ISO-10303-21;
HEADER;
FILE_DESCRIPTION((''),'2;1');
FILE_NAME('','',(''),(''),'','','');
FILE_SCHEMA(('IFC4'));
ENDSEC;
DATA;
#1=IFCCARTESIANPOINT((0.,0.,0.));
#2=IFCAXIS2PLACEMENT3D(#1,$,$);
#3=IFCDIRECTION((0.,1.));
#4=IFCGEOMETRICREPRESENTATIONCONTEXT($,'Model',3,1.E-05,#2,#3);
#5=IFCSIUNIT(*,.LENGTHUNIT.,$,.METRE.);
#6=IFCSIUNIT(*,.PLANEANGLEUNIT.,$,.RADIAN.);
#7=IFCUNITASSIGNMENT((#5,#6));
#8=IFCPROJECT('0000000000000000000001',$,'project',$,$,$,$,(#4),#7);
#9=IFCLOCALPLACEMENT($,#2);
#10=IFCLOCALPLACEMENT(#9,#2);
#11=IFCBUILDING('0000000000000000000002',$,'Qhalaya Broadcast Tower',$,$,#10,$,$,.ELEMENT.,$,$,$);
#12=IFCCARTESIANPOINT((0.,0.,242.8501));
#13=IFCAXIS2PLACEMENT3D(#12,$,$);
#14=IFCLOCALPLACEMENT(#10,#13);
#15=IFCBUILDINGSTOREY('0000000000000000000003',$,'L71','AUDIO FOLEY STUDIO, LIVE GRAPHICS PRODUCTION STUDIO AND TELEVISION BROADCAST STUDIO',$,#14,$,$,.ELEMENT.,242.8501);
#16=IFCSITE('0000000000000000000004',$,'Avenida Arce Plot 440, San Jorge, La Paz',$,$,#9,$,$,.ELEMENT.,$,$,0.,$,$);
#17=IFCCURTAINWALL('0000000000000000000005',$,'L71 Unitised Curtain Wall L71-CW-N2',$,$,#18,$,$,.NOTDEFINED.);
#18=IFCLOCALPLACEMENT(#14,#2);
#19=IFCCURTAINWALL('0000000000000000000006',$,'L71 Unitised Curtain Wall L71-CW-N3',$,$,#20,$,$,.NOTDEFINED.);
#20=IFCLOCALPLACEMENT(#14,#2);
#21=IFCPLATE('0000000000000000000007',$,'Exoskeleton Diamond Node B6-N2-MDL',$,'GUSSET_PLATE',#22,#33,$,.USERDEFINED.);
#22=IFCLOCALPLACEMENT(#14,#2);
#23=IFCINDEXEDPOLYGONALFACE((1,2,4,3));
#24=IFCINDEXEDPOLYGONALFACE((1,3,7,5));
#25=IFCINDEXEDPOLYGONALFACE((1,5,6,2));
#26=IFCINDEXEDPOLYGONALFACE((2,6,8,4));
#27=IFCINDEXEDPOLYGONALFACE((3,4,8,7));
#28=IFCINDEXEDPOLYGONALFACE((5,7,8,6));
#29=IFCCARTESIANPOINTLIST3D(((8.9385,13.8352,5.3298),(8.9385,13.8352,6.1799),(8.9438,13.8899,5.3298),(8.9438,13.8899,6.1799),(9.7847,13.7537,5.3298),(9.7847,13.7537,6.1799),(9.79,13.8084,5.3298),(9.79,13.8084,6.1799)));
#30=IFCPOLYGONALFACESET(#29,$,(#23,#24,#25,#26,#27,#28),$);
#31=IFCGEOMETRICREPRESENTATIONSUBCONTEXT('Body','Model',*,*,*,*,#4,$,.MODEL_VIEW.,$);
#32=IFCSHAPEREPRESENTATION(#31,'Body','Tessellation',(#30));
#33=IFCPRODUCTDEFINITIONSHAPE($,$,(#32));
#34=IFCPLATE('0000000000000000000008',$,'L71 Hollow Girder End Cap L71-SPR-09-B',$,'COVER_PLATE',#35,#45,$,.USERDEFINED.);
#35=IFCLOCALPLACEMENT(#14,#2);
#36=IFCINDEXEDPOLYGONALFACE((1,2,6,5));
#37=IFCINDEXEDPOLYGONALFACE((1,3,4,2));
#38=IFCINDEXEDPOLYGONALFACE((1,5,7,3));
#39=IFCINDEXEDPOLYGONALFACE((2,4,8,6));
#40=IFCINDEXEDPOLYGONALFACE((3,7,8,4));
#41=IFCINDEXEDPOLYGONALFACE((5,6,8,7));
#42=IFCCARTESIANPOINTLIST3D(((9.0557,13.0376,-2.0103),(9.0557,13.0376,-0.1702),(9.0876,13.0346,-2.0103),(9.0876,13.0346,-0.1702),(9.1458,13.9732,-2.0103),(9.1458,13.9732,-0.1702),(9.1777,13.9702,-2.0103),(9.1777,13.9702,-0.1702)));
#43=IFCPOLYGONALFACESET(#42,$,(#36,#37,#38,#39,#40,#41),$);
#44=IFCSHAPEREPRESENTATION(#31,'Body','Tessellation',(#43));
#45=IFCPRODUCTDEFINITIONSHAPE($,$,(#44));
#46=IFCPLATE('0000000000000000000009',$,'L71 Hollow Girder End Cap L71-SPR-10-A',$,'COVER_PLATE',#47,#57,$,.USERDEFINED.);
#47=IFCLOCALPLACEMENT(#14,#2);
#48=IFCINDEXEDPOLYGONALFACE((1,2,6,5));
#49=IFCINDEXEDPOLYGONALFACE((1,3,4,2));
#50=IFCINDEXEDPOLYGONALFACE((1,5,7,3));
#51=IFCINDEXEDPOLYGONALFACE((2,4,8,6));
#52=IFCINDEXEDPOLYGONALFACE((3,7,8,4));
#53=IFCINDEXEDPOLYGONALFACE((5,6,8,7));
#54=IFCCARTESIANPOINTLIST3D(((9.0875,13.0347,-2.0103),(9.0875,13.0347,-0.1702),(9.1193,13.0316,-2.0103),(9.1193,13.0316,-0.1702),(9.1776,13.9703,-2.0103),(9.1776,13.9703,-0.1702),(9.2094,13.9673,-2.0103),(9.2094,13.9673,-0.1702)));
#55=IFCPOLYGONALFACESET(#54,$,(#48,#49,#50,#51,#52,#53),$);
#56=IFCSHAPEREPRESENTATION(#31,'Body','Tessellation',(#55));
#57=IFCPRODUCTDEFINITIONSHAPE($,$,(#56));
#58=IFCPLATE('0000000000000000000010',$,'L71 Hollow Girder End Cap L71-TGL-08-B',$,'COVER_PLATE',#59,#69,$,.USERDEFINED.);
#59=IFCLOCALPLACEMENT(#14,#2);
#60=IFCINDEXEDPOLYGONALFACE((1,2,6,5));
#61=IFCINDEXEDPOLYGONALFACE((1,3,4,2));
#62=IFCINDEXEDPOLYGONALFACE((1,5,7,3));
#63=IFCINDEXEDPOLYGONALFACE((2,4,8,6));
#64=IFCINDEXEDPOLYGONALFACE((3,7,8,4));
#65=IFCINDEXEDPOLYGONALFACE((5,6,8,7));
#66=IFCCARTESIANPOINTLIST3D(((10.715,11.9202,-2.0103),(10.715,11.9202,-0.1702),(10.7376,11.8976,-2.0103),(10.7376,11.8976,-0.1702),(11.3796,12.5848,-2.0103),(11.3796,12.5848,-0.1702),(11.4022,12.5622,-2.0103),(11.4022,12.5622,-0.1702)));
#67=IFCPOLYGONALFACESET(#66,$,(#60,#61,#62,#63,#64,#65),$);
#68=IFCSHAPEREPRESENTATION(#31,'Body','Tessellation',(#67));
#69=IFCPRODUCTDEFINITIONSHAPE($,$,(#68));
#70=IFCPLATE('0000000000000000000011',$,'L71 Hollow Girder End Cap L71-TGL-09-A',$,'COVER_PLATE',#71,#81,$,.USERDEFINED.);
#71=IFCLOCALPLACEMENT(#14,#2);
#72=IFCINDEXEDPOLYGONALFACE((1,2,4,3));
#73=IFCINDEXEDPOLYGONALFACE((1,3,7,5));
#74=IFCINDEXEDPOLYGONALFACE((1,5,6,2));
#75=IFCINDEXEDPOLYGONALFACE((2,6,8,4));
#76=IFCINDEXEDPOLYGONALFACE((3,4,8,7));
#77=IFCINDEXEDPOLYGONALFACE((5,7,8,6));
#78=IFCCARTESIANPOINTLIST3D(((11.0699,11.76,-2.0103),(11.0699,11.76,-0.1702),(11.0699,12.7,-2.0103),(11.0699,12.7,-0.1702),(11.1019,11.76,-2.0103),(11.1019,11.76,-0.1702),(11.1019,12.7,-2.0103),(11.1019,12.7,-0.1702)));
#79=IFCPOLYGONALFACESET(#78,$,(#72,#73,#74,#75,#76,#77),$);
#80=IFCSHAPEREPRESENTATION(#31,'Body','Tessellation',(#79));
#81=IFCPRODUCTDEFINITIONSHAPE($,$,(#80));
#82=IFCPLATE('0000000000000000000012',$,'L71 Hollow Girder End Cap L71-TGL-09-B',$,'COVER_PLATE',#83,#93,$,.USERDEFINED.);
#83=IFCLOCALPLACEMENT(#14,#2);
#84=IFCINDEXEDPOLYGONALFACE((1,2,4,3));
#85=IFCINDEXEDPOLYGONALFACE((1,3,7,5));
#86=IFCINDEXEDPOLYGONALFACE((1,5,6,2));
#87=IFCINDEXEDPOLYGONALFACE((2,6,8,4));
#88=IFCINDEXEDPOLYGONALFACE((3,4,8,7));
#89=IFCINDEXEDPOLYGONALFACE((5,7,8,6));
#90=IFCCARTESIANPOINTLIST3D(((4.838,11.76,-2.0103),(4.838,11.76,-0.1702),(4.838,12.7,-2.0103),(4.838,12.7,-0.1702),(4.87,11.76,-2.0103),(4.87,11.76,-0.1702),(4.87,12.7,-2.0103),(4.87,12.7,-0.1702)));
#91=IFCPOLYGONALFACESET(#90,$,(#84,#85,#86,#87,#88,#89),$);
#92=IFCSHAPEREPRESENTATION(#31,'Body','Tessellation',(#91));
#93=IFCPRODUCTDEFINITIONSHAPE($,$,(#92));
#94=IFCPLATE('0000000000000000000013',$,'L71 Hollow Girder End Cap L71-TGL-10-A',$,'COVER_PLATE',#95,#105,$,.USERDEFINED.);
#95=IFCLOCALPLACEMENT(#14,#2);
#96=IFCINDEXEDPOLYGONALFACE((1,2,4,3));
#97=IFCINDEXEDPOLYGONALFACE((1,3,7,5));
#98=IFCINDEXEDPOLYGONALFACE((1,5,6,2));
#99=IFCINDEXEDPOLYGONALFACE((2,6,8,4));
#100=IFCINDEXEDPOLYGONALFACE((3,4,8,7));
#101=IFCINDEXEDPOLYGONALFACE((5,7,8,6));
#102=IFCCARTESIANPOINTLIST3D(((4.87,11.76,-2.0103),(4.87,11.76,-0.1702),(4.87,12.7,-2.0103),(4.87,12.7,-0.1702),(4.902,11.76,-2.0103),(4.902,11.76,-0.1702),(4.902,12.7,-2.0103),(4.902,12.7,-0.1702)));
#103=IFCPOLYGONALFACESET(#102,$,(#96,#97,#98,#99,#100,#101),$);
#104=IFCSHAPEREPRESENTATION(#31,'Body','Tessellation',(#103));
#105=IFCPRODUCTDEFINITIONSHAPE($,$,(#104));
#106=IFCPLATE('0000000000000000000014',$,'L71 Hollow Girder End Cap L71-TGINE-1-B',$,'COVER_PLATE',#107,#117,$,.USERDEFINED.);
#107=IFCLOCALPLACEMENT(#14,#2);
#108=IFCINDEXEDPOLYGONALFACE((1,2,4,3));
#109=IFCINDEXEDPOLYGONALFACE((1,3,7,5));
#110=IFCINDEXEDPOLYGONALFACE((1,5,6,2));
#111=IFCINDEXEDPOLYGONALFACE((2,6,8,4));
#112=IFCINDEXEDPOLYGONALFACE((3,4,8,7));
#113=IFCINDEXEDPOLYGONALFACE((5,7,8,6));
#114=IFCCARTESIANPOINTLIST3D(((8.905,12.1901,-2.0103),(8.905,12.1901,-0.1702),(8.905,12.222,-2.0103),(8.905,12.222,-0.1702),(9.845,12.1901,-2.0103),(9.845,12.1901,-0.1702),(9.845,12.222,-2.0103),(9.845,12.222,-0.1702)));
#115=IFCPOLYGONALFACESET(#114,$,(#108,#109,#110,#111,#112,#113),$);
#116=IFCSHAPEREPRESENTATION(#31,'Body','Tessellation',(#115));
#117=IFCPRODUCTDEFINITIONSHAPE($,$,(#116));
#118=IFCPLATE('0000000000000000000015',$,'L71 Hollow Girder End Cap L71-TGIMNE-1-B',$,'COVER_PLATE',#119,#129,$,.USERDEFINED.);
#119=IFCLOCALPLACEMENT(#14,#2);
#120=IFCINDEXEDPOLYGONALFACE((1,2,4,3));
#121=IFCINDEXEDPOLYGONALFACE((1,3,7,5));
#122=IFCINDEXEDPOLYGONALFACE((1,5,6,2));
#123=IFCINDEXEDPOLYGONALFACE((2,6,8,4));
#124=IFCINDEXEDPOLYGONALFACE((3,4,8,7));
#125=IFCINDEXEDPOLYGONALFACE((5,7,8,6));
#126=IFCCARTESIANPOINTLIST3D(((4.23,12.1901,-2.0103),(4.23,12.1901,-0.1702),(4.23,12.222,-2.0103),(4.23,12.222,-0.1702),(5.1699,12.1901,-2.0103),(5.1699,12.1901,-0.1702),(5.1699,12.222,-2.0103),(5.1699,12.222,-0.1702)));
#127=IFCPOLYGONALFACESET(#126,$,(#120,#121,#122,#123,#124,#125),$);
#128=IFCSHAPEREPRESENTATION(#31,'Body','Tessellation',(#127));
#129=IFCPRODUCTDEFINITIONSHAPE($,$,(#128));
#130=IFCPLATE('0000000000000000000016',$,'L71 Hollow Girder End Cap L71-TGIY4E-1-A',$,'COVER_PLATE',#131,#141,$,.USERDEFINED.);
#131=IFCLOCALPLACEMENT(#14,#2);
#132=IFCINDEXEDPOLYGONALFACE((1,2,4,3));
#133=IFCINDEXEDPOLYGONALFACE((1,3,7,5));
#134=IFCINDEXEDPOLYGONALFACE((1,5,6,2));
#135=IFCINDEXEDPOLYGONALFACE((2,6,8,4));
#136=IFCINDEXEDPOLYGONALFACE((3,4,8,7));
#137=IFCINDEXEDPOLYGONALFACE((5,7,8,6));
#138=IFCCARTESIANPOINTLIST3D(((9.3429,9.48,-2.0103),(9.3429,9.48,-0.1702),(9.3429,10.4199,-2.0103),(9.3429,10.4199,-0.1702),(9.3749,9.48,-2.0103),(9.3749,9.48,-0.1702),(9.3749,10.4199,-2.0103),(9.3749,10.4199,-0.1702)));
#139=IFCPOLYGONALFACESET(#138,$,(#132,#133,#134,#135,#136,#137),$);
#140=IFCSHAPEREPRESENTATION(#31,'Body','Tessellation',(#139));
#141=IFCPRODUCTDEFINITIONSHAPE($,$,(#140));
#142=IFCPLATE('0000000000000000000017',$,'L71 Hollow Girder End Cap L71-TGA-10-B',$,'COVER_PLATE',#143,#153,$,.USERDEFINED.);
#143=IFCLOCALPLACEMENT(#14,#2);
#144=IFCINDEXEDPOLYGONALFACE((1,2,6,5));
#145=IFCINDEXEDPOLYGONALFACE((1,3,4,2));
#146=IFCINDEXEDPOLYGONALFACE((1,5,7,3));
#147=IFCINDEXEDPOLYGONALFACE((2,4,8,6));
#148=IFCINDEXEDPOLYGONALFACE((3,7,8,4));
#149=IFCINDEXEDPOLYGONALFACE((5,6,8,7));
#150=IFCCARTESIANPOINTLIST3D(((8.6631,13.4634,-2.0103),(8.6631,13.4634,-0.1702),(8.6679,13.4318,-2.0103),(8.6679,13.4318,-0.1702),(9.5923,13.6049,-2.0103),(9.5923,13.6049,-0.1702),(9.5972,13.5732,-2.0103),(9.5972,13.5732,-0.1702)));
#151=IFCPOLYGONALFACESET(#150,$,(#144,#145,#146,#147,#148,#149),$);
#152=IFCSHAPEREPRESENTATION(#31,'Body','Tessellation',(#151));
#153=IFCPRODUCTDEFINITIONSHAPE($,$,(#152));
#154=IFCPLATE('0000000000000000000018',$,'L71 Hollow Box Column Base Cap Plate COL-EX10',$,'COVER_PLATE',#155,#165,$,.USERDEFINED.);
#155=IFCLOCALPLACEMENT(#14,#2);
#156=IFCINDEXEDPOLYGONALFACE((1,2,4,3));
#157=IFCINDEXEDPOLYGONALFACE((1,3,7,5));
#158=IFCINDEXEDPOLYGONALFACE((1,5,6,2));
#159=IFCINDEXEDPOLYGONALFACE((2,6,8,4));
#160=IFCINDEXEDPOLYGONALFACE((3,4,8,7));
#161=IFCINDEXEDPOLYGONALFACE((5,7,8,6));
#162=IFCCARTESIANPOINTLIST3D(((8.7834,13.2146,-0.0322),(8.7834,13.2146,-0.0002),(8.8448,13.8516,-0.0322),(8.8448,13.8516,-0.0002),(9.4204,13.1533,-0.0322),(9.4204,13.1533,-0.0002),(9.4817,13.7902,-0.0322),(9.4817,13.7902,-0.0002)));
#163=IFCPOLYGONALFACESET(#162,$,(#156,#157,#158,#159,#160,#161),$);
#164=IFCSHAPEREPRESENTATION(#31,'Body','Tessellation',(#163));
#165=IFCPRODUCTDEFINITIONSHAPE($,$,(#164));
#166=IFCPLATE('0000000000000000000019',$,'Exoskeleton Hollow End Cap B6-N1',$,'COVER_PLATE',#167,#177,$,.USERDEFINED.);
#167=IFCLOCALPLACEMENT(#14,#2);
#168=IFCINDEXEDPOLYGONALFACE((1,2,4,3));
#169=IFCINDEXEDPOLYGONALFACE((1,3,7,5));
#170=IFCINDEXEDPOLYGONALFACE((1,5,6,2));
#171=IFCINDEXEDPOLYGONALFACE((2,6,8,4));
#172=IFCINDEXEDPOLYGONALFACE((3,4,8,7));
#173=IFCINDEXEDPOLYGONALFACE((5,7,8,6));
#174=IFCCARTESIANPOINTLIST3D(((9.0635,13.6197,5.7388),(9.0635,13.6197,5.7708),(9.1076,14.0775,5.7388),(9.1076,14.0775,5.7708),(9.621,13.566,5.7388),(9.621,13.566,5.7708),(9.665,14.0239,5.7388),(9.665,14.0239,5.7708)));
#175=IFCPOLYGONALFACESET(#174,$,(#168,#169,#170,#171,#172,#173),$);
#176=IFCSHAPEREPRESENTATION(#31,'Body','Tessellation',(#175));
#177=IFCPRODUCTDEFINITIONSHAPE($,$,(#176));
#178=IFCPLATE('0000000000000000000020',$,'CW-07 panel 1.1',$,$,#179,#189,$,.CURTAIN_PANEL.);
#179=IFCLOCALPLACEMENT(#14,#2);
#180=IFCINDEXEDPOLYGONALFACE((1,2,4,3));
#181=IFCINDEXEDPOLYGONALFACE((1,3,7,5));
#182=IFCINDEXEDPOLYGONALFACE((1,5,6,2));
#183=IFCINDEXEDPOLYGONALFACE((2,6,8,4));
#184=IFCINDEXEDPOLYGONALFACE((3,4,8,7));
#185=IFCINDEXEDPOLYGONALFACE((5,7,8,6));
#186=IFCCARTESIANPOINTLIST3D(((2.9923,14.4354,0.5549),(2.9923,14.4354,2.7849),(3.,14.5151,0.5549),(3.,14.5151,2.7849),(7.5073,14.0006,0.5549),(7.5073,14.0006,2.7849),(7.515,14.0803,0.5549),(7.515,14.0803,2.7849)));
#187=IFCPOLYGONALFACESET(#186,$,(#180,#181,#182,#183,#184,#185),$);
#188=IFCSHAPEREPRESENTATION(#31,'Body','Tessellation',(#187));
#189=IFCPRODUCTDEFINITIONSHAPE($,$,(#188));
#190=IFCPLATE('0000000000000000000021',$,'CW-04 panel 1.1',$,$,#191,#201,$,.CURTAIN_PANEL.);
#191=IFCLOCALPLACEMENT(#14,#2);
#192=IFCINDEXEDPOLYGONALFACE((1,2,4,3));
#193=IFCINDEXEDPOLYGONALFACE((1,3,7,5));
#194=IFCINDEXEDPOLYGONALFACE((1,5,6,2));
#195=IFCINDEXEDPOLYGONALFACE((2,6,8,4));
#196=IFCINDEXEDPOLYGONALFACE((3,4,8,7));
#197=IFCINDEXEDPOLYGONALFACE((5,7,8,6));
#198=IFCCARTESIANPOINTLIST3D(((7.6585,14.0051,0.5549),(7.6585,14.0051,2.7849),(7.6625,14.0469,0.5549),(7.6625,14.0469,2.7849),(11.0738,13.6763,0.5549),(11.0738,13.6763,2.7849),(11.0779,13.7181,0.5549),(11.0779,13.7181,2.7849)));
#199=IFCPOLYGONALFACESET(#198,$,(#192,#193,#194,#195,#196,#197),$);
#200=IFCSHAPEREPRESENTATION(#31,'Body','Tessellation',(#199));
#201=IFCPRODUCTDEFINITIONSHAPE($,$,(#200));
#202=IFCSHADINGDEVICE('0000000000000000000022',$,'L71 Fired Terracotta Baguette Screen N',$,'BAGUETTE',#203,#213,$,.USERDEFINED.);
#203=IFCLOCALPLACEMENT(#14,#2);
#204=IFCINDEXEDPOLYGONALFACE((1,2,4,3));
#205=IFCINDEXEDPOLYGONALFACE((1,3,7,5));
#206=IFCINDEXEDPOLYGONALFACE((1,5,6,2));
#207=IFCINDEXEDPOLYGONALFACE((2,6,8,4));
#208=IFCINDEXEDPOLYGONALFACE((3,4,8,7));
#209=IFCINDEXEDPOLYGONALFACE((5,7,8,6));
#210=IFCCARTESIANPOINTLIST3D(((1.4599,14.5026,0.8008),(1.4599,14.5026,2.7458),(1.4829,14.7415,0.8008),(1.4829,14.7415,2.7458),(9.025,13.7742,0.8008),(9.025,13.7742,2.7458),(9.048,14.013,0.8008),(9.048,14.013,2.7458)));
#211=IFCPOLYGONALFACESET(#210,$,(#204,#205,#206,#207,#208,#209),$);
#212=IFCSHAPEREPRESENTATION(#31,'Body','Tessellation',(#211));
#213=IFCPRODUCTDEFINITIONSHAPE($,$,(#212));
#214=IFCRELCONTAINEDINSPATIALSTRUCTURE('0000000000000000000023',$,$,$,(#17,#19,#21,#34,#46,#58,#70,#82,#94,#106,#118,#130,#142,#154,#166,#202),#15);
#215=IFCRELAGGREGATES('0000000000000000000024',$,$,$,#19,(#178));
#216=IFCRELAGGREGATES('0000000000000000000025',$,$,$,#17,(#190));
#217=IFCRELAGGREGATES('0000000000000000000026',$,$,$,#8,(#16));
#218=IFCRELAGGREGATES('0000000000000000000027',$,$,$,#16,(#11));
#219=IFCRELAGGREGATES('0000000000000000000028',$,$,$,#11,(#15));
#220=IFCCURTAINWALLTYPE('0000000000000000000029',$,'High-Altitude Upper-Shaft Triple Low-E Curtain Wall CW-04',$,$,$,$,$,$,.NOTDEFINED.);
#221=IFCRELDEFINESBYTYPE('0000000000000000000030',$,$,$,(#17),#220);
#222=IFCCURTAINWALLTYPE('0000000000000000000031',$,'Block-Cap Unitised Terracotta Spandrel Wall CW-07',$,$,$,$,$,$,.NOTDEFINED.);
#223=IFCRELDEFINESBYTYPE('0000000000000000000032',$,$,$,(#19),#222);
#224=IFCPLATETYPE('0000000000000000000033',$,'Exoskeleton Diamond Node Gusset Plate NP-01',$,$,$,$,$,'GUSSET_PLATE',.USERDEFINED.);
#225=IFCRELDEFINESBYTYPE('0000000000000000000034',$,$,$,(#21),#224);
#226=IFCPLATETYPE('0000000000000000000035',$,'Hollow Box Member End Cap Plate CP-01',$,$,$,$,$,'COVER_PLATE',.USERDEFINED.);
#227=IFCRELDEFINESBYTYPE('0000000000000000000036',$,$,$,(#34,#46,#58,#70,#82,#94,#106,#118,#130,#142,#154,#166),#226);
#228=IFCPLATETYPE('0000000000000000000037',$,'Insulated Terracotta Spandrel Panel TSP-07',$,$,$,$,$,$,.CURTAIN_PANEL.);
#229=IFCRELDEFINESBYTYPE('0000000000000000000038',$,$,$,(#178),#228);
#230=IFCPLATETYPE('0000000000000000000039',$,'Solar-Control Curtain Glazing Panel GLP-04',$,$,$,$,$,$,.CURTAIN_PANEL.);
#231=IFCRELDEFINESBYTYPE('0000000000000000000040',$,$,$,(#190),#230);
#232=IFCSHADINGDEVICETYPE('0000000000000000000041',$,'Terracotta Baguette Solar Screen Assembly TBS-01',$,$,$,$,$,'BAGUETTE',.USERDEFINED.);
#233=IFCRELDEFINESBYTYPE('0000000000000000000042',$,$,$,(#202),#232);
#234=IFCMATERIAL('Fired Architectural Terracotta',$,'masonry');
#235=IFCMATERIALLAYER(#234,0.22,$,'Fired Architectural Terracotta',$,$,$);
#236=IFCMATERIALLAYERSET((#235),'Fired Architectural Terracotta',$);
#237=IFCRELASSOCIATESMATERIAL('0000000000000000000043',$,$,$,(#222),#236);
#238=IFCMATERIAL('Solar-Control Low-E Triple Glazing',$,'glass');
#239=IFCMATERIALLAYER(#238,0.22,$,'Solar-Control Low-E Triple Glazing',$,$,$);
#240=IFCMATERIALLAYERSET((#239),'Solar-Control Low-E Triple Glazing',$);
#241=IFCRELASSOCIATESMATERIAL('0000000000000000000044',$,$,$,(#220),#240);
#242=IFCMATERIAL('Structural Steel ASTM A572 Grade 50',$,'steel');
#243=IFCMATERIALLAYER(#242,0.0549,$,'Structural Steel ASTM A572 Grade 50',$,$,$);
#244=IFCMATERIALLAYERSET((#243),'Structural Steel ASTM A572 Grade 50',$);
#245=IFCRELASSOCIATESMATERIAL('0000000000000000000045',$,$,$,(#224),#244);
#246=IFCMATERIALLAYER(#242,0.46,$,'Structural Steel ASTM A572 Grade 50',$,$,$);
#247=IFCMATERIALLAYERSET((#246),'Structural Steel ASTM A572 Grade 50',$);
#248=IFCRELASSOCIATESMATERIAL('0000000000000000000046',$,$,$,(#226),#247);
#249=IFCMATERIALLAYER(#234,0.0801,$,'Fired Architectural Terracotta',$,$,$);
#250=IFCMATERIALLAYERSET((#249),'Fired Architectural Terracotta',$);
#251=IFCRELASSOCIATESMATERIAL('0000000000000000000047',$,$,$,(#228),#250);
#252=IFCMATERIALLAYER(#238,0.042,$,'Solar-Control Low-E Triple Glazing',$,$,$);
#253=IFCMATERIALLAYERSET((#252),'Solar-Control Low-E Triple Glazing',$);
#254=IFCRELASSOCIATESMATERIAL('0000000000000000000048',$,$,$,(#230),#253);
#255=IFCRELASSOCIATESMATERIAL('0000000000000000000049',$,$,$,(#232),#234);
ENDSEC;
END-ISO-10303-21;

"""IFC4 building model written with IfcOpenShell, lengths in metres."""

from ifc_helpers import new_model, si_unit, direction, frame, origin, origin_2d, place, context, subcontext, project, spatial, rectangle, extrude, material, layer, layer_set, type_object, element, aggregate, save


model = new_model("IFC4")

# Units and contexts
model_context = context("Model", 3, precision=1e-05, world=origin(), true_north=direction((0.0, 1.0)))
body_context = subcontext(model_context, "Body", "Model", "MODEL_VIEW")
ifc_project = project(units=[si_unit("LENGTHUNIT", "METRE"), si_unit("PLANEANGLEUNIT", "RADIAN")], contexts=[model_context])

# Site, building, storey
site_placement = place(None, origin())
site = spatial("IfcSite", under=ifc_project, at=site_placement, Name="Avenida Arce Plot 440, San Jorge, La Paz", CompositionType="ELEMENT", RefElevation=0.0)
building_placement = place(site_placement, origin())
building = spatial("IfcBuilding", under=site, at=building_placement, Name="Qhalaya Broadcast Tower", CompositionType="ELEMENT")
storey_placement = place(building_placement, frame((0.0, 0.0, 242.8501)))
storey = spatial("IfcBuildingStorey", under=building, at=storey_placement, Name="L71", Description="AUDIO FOLEY STUDIO, LIVE GRAPHICS PRODUCTION STUDIO AND TELEVISION BROADCAST STUDIO", CompositionType="ELEMENT", Elevation=242.8501)

# Shared definitions
ifc_material_1 = material(Name="Structural Steel ASTM A572 Grade 50", Category="steel")

# Shared definitions
ifc_material_2 = material(Name="Fired Architectural Terracotta", Category="masonry")
ifc_layer_1 = layer(ifc_material_2, 0.22, Name="Fired Architectural Terracotta")
ifc_layer_set_1 = layer_set([ifc_layer_1], Name="Fired Architectural Terracotta")
curtain_wall_type_1 = type_object("IfcCurtainWallType", Name="Block-Cap Unitised Terracotta Spandrel Wall CW-07", PredefinedType="NOTDEFINED", material=ifc_layer_set_1)

# Curtain wall
ifc_material_3 = material(Name="Solar-Control Low-E Triple Glazing", Category="glass")
ifc_layer_2 = layer(ifc_material_3, 0.22, Name="Solar-Control Low-E Triple Glazing")
ifc_layer_set_2 = layer_set([ifc_layer_2], Name="Solar-Control Low-E Triple Glazing")
curtain_wall_type_2 = type_object("IfcCurtainWallType", Name="High-Altitude Upper-Shaft Triple Low-E Curtain Wall CW-04", PredefinedType="NOTDEFINED", material=ifc_layer_set_2)
curtain_wall_1_placement = place(storey_placement, origin())
curtain_wall_1 = element("IfcCurtainWall", 1, at=curtain_wall_1_placement, inside=storey, type_object=curtain_wall_type_2, Name="L71 Unitised Curtain Wall L71-CW-N2", PredefinedType="NOTDEFINED")

# Curtain wall
curtain_wall_2_placement = place(storey_placement, origin())
curtain_wall_2 = element("IfcCurtainWall", 2, at=curtain_wall_2_placement, inside=storey, type_object=curtain_wall_type_1, Name="L71 Unitised Curtain Wall L71-CW-N3", PredefinedType="NOTDEFINED")

# Plates
ifc_layer_3 = layer(ifc_material_1, 0.0549, Name="Structural Steel ASTM A572 Grade 50")
ifc_layer_set_3 = layer_set([ifc_layer_3], Name="Structural Steel ASTM A572 Grade 50")
plate_type_1 = type_object("IfcPlateType", Name="Exoskeleton Diamond Node Gusset Plate NP-01", ElementType="GUSSET_PLATE", PredefinedType="USERDEFINED", material=ifc_layer_set_3)
plate_1_placement = place(storey_placement, frame((9.3643, 13.8218, 5.3298), z_axis=(0.0, 0.0, 1.0), x_axis=(0.995396, -0.095846, 0.0)))
element("IfcPlate", 3, at=plate_1_placement, inside=storey, type_object=plate_type_1, Name="Exoskeleton Diamond Node B6-N2-MDL", ObjectType="GUSSET_PLATE", PredefinedType="USERDEFINED", context=body_context, shape_type="SweptSolid", body=[
    extrude(rectangle(XDim=0.8501, YDim=0.0549, at=origin_2d()), origin(), (0.0, 0.0, 1.0), 0.8501),
])
ifc_layer_4 = layer(ifc_material_1, 0.46, Name="Structural Steel ASTM A572 Grade 50")
ifc_layer_set_4 = layer_set([ifc_layer_4], Name="Structural Steel ASTM A572 Grade 50")
plate_type_2 = type_object("IfcPlateType", Name="Hollow Box Member End Cap Plate CP-01", ElementType="COVER_PLATE", PredefinedType="USERDEFINED", material=ifc_layer_set_4)
for number, where, z_axis, x_axis, name in (
    (4, (9.1167, 13.5039, -2.0103), (0.0, 0.0, 1.0), (-0.095828, -0.995398, 0.0), "L71 Hollow Girder End Cap L71-SPR-09-B"),
    (5, (9.1484, 13.501, -2.0103), (0.0, 0.0, 1.0), (-0.095846, -0.995396, 0.0), "L71 Hollow Girder End Cap L71-SPR-10-A"),
    (6, (11.0586, 12.2412, -2.0103), (0.0, 0.0, 1.0), (-0.707107, -0.707107, 0.0), "L71 Hollow Girder End Cap L71-TGL-08-B"),
    (7, (11.0859, 12.23, -2.0103), (0.0, 0.0, 1.0), (0.0, -1.0, 0.0), "L71 Hollow Girder End Cap L71-TGL-09-A"),
    (8, (4.854, 12.23, -2.0103), (0.0, 0.0, 1.0), (0.0, -1.0, 0.0), "L71 Hollow Girder End Cap L71-TGL-09-B"),
    (9, (4.886, 12.23, -2.0103), (0.0, 0.0, 1.0), (0.0, -1.0, 0.0), "L71 Hollow Girder End Cap L71-TGL-10-A"),
    (10, (9.375, 12.2061, -2.0103), (0.0, 0.0, 1.0), (-1.0, 0.0, 0.0), "L71 Hollow Girder End Cap L71-TGINE-1-B"),
    (11, (4.7, 12.2061, -2.0103), (0.0, 0.0, 1.0), (-1.0, 0.0, 0.0), "L71 Hollow Girder End Cap L71-TGIMNE-1-B"),
    (12, (9.3589, 9.95, -2.0103), (0.0, 0.0, 1.0), (0.0, 1.0, 0.0), "L71 Hollow Girder End Cap L71-TGIY4E-1-A"),
    (13, (9.1301, 13.5183, -2.0103), (0.0, 0.0, 1.0), (-0.98861, -0.150502, 0.0), "L71 Hollow Girder End Cap L71-TGA-10-B"),
):
    element("IfcPlate", number, at=place(storey_placement, frame(where, z_axis=z_axis, x_axis=x_axis)), inside=storey, type_object=plate_type_2, Name=name, ObjectType="COVER_PLATE", PredefinedType="USERDEFINED", context=body_context, shape_type="SweptSolid", body=[
        extrude(rectangle(XDim=0.9399, YDim=0.032, at=origin_2d()), origin(), (0.0, 0.0, 1.0), 1.8401),
    ])
plate_2_placement = place(storey_placement, frame((9.1326, 13.5024, -0.0322), z_axis=(0.0, 0.0, 1.0), x_axis=(0.995396, -0.095846, 0.0)))
element("IfcPlate", 14, at=plate_2_placement, inside=storey, type_object=plate_type_2, Name="L71 Hollow Box Column Base Cap Plate COL-EX10", ObjectType="COVER_PLATE", PredefinedType="USERDEFINED", context=body_context, shape_type="SweptSolid", body=[
    extrude(rectangle(XDim=0.6399, YDim=0.6399, at=origin_2d()), origin(), (0.0, 0.0, 1.0), 0.032),
])
plate_3_placement = place(storey_placement, frame((9.3643, 13.8218, 5.7388), z_axis=(0.0, 0.0, 1.0), x_axis=(0.995396, -0.095846, 0.0)))
element("IfcPlate", 15, at=plate_3_placement, inside=storey, type_object=plate_type_2, Name="Exoskeleton Hollow End Cap B6-N1", ObjectType="COVER_PLATE", PredefinedType="USERDEFINED", context=body_context, shape_type="SweptSolid", body=[
    extrude(rectangle(XDim=0.5601, YDim=0.46, at=origin_2d()), origin(), (0.0, 0.0, 1.0), 0.032),
])

# Plates
ifc_layer_5 = layer(ifc_material_2, 0.0801, Name="Fired Architectural Terracotta")
ifc_layer_set_5 = layer_set([ifc_layer_5], Name="Fired Architectural Terracotta")
plate_type_3 = type_object("IfcPlateType", Name="Insulated Terracotta Spandrel Panel TSP-07", PredefinedType="CURTAIN_PANEL", material=ifc_layer_set_5)
plate_4_placement = place(storey_placement, frame((5.2537, 14.2578, 0.5549), z_axis=(0.0, 0.0, 1.0), x_axis=(-0.995395, 0.09586, 0.0)))
plate_4 = element("IfcPlate", 16, at=plate_4_placement, type_object=plate_type_3, Name="CW-07 panel 1.1", PredefinedType="CURTAIN_PANEL", context=body_context, shape_type="SweptSolid", body=[
    extrude(rectangle(XDim=4.5359, YDim=0.0801, at=origin_2d()), origin(), (0.0, 0.0, 1.0), 2.23),
])
aggregate(curtain_wall_2, [plate_4])
ifc_layer_6 = layer(ifc_material_3, 0.042, Name="Solar-Control Low-E Triple Glazing")
ifc_layer_set_6 = layer_set([ifc_layer_6], Name="Solar-Control Low-E Triple Glazing")
plate_type_4 = type_object("IfcPlateType", Name="Solar-Control Curtain Glazing Panel GLP-04", PredefinedType="CURTAIN_PANEL", material=ifc_layer_set_6)
plate_5_placement = place(storey_placement, frame((9.3682, 13.8616, 0.5549), z_axis=(0.0, 0.0, 1.0), x_axis=(-0.995397, 0.095837, 0.0)))
plate_5 = element("IfcPlate", 17, at=plate_5_placement, type_object=plate_type_4, Name="CW-04 panel 1.1", PredefinedType="CURTAIN_PANEL", context=body_context, shape_type="SweptSolid", body=[
    extrude(rectangle(XDim=3.4312, YDim=0.042, at=origin_2d()), origin(), (0.0, 0.0, 1.0), 2.23),
])
aggregate(curtain_wall_1, [plate_5])

# Shading device
shading_device_type = type_object("IfcShadingDeviceType", Name="Terracotta Baguette Solar Screen Assembly TBS-01", ElementType="BAGUETTE", PredefinedType="USERDEFINED", material=ifc_material_2)
shading_device_placement = place(storey_placement, frame((5.2539, 14.2578, 0.8008), z_axis=(0.0, 0.0, 1.0), x_axis=(-0.995396, 0.095846, 0.0)))
element("IfcShadingDevice", 18, at=shading_device_placement, inside=storey, type_object=shading_device_type, Name="L71 Fired Terracotta Baguette Screen N", ObjectType="BAGUETTE", PredefinedType="USERDEFINED", context=body_context, shape_type="SweptSolid", body=[
    extrude(rectangle(XDim=7.6001, YDim=0.24, at=origin_2d()), origin(), (0.0, 0.0, 1.0), 1.9451),
])

save(model, "model.ifc")
